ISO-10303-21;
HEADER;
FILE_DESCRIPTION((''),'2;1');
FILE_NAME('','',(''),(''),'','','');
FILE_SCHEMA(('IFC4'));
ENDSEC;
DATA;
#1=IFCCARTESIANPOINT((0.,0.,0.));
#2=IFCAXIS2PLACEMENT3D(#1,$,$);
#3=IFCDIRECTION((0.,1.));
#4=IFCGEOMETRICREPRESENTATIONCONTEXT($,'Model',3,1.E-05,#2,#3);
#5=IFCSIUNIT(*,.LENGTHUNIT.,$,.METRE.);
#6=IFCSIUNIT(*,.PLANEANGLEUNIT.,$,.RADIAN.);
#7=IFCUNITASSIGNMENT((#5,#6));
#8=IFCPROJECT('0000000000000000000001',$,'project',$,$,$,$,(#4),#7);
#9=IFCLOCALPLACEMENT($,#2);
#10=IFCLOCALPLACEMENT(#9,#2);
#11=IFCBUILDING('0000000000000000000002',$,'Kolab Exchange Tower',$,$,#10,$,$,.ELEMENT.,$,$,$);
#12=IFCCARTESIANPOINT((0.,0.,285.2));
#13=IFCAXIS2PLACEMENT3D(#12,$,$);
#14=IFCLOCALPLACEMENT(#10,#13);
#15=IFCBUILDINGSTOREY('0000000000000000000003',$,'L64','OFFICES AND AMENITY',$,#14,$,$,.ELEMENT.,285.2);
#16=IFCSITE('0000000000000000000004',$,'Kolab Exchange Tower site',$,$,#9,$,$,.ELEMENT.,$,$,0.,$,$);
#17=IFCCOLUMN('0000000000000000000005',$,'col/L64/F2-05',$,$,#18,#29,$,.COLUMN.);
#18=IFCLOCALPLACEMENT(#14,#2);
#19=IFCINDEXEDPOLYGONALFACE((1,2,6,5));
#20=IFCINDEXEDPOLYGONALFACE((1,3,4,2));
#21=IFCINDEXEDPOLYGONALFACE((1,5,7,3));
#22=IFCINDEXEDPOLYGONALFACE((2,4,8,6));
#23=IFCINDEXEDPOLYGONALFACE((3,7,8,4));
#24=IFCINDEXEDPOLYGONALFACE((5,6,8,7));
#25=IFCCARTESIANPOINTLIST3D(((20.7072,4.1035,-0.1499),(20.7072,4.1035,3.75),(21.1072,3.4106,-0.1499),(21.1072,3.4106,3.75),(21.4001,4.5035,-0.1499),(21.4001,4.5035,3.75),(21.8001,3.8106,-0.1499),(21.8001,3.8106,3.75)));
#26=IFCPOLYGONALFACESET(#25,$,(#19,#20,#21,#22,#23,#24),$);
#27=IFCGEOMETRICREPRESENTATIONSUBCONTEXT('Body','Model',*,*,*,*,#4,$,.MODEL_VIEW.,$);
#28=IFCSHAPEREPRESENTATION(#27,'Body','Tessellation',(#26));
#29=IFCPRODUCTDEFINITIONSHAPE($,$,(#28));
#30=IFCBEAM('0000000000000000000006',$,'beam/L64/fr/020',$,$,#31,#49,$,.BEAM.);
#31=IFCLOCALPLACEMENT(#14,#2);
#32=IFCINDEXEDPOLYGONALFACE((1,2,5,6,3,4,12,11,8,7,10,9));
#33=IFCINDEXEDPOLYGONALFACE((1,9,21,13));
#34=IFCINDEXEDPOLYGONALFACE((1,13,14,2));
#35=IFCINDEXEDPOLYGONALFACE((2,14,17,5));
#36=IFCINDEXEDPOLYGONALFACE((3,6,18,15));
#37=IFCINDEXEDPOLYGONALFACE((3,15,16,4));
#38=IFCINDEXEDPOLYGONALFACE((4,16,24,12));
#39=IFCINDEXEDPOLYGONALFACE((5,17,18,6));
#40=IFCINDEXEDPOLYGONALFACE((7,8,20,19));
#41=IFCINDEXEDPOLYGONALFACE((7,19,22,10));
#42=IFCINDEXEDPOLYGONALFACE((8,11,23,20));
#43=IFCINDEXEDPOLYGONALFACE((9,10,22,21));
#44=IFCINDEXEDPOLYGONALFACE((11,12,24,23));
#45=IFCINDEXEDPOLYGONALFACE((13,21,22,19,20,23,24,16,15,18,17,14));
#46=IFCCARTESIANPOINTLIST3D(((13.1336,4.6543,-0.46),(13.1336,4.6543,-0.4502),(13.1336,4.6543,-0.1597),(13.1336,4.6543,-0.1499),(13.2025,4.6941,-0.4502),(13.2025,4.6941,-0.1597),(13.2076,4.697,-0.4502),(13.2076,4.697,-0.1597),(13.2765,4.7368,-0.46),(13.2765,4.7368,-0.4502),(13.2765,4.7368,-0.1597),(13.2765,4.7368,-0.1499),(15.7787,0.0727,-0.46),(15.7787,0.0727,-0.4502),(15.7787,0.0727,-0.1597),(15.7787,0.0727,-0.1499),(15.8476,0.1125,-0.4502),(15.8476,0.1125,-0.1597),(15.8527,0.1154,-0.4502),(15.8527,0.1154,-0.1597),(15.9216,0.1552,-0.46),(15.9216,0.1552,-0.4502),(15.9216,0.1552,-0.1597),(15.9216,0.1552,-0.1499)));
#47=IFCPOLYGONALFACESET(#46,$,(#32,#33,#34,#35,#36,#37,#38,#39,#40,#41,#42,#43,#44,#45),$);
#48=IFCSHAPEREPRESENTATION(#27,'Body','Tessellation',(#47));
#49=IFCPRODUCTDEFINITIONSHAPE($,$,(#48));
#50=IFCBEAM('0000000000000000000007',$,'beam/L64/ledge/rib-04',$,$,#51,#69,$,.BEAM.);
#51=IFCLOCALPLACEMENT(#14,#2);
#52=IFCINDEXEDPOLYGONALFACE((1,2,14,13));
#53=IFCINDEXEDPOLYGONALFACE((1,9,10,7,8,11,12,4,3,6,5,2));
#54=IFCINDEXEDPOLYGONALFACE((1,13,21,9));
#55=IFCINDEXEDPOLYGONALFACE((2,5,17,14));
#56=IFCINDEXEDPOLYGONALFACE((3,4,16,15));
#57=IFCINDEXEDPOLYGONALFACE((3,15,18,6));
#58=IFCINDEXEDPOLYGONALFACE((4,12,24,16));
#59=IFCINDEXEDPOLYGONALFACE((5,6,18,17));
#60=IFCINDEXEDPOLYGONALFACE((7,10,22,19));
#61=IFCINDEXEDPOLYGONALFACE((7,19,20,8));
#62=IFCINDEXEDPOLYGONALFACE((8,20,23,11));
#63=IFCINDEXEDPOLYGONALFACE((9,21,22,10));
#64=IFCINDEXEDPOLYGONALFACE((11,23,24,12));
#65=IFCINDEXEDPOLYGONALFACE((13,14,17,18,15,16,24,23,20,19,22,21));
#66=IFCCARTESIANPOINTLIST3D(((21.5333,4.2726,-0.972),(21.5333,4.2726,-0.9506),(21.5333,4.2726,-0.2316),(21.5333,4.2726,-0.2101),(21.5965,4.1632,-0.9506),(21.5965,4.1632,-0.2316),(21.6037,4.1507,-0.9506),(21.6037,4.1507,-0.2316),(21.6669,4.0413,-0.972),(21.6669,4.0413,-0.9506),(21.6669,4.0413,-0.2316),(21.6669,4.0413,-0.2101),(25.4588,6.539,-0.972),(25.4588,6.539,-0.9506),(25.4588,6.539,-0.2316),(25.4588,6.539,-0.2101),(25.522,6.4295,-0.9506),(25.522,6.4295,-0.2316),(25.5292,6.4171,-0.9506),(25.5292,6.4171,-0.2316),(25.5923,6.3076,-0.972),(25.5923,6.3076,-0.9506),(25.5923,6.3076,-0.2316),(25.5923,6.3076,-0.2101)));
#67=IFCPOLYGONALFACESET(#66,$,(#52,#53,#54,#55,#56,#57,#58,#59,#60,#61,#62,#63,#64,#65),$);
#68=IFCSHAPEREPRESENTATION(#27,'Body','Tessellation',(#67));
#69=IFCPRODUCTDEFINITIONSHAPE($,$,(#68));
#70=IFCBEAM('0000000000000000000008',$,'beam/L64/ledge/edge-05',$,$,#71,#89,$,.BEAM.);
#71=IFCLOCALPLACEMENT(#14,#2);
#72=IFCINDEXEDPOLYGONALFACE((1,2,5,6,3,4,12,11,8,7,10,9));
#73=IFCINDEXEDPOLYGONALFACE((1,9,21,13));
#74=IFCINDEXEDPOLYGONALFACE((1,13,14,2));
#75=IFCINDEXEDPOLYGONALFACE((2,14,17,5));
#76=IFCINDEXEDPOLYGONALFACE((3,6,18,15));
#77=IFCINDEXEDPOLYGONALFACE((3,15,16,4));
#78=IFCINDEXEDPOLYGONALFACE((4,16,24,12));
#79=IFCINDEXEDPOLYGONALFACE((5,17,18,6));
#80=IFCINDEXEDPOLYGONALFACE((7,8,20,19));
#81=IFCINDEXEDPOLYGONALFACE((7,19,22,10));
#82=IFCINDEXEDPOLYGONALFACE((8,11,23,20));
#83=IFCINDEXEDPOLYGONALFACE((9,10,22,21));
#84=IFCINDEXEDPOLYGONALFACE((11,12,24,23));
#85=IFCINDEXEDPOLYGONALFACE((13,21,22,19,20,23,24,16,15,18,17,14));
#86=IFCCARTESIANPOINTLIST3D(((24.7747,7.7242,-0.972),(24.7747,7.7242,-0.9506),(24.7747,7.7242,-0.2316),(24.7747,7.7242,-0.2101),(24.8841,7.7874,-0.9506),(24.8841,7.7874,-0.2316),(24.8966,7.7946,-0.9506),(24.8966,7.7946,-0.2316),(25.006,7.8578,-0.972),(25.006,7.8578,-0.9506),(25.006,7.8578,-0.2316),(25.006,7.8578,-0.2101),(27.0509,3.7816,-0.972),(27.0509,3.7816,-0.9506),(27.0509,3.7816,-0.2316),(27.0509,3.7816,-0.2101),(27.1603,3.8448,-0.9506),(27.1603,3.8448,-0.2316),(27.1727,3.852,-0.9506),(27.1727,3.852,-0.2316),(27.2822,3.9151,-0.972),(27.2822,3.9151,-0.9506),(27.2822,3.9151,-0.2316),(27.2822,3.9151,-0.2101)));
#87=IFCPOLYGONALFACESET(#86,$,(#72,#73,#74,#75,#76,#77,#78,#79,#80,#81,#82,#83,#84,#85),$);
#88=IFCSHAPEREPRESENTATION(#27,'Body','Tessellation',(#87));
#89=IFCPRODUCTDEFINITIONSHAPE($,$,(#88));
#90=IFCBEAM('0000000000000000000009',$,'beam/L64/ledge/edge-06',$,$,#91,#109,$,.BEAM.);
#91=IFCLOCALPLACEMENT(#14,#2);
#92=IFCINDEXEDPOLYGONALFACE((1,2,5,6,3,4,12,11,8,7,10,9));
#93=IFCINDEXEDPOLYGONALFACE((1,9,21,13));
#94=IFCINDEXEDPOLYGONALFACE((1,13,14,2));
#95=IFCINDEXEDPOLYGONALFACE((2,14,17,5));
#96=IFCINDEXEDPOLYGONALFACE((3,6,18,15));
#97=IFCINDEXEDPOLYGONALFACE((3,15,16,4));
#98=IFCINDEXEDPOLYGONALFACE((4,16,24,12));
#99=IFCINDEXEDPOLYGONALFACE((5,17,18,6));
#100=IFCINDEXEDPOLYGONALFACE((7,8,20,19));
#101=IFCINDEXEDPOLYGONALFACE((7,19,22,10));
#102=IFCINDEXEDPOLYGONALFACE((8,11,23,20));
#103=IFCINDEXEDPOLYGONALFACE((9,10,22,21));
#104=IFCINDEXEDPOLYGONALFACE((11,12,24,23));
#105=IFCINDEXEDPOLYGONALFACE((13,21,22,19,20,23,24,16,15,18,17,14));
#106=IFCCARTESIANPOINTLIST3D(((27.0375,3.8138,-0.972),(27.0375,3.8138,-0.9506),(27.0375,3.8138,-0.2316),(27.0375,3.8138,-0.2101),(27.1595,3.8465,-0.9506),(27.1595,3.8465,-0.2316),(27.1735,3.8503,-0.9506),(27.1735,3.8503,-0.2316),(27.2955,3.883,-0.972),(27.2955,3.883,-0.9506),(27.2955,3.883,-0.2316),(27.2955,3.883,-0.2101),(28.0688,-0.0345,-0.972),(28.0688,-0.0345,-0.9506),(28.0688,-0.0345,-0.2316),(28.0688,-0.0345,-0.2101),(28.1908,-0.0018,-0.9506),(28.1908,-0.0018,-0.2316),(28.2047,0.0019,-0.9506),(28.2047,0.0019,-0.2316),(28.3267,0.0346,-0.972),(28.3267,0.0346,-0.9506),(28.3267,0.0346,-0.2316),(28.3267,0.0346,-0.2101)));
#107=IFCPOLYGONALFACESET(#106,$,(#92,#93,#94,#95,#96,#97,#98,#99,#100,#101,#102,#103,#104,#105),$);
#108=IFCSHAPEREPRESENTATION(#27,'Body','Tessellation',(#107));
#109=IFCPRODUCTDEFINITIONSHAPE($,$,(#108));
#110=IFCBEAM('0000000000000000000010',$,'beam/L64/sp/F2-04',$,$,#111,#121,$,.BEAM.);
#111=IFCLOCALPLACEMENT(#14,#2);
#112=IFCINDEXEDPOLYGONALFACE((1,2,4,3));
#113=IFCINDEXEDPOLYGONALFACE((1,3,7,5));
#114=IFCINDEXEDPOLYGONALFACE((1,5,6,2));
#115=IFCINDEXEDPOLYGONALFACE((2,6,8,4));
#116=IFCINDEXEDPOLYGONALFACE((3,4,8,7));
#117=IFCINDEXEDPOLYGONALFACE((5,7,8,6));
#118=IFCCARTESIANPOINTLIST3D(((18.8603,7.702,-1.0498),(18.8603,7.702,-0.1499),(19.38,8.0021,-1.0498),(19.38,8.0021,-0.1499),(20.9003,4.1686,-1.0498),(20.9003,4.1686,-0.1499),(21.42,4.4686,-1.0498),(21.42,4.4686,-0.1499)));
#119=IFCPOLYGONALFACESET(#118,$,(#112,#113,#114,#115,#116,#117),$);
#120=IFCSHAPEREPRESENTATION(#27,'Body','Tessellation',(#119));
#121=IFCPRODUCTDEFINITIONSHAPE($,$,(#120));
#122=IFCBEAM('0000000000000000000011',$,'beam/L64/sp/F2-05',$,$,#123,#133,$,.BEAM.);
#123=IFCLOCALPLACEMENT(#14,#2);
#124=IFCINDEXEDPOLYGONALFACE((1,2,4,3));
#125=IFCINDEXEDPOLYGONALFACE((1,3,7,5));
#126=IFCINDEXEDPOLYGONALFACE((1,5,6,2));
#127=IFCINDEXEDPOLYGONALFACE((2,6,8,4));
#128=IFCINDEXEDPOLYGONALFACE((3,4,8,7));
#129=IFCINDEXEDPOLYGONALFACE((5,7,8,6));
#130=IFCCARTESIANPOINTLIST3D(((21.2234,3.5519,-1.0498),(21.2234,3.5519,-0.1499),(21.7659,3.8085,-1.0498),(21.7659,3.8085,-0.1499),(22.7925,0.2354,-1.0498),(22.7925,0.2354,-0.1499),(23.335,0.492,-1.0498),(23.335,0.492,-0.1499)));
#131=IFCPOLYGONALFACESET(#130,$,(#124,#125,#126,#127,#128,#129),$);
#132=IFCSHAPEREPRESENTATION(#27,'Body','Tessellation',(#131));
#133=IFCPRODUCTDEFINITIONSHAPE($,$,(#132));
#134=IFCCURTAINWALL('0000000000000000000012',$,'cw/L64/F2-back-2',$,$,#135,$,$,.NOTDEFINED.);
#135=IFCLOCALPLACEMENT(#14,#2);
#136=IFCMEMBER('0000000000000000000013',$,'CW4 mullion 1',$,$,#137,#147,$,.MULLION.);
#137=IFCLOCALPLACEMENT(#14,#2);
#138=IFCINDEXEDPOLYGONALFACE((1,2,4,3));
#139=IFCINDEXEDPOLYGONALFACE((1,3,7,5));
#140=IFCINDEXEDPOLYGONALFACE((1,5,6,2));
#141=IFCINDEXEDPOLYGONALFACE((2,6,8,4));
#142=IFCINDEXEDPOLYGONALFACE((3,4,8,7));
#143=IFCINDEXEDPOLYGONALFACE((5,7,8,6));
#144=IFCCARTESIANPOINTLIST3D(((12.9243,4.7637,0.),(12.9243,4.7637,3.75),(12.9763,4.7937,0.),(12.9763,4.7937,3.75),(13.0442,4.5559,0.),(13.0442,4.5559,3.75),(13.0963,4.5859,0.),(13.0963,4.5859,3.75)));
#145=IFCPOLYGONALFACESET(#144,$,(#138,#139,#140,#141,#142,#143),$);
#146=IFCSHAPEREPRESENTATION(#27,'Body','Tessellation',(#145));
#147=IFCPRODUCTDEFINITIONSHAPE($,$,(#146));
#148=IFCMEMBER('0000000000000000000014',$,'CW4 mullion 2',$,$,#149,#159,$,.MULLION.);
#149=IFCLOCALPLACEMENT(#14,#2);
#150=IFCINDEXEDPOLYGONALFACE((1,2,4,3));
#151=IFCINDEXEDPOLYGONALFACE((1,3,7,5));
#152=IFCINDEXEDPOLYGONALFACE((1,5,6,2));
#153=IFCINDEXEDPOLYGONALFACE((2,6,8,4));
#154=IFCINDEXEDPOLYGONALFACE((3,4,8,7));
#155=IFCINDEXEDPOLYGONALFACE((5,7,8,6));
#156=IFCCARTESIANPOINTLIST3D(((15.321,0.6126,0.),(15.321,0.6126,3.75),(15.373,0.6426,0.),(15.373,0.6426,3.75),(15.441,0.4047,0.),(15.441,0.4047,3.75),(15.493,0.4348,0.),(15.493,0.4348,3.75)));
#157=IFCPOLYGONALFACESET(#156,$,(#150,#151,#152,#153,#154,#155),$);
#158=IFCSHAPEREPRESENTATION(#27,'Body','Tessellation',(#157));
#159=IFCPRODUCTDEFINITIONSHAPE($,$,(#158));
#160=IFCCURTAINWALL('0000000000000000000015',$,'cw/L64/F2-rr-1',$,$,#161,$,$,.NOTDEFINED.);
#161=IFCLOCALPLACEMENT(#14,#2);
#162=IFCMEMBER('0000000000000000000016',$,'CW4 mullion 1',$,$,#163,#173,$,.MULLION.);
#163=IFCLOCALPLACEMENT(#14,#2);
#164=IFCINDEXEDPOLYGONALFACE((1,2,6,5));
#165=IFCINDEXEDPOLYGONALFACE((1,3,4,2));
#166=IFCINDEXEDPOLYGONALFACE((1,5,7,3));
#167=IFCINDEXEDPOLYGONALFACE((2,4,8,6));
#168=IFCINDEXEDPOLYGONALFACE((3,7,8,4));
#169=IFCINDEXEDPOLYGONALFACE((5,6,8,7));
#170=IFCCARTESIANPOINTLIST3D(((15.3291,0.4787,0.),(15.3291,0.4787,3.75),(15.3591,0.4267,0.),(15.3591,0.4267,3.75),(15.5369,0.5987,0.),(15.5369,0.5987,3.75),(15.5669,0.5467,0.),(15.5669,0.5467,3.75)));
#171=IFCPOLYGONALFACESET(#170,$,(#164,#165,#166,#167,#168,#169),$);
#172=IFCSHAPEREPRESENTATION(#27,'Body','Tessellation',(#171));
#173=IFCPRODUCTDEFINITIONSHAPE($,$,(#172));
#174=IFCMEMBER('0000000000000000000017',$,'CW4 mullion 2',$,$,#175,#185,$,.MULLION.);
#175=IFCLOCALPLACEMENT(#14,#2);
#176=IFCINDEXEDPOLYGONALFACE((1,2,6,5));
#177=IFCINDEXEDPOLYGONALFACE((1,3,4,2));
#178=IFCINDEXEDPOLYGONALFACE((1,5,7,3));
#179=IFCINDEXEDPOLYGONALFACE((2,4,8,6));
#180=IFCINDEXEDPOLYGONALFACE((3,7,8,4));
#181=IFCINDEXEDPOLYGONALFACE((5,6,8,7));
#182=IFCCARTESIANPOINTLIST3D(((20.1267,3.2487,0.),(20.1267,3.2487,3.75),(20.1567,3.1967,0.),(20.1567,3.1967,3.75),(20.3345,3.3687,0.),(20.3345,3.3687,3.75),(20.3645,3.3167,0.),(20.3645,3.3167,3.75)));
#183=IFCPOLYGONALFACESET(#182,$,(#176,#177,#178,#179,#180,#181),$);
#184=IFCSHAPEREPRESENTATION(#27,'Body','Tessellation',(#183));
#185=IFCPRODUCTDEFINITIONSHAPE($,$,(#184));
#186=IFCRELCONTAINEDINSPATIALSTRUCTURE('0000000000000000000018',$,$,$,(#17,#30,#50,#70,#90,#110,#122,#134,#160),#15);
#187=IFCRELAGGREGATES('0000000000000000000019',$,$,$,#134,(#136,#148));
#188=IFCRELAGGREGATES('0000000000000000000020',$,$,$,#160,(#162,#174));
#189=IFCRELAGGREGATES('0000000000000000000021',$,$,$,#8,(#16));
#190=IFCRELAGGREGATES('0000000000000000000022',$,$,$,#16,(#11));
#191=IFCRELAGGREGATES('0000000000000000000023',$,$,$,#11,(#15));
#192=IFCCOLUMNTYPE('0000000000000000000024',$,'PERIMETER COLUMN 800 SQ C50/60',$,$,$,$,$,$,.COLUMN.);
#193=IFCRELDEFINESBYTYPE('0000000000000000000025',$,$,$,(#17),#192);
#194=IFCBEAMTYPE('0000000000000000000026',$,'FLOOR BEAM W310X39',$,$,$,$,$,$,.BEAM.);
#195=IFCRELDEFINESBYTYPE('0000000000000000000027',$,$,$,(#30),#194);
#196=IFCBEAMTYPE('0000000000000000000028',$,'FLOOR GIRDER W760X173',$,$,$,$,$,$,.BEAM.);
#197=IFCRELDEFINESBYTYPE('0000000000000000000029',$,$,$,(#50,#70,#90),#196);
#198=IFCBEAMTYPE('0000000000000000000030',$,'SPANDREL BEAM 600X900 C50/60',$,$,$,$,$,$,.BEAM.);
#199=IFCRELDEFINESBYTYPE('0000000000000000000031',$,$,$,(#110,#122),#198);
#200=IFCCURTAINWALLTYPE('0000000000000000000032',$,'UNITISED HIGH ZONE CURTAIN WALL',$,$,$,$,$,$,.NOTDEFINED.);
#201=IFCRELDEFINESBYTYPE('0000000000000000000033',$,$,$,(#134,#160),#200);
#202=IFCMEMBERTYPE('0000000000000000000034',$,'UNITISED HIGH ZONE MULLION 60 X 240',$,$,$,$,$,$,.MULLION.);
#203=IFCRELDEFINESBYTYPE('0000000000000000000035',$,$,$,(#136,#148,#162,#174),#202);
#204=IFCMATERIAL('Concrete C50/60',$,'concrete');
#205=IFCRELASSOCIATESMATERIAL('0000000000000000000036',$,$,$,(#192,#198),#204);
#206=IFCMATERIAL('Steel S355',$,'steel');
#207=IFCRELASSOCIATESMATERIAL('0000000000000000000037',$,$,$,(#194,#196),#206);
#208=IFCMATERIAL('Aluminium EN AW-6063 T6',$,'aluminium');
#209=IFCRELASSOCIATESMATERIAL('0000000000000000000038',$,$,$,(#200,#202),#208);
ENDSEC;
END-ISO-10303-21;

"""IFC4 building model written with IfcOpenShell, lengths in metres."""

from ifc_helpers import new_model, si_unit, direction, frame, origin, origin_2d, place, context, subcontext, project, spatial, rectangle, i_section, extrude, material, material_profile, profile_set, type_object, element, aggregate, save


model = new_model("IFC4")

# Units and contexts
model_context = context("Model", 3, precision=1e-05, world=origin(), true_north=direction((0.0, 1.0)))
body_context = subcontext(model_context, "Body", "Model", "MODEL_VIEW")
ifc_project = project(units=[si_unit("LENGTHUNIT", "METRE"), si_unit("PLANEANGLEUNIT", "RADIAN")], contexts=[model_context])

# Site, building, storey
site_placement = place(None, origin())
site = spatial("IfcSite", under=ifc_project, at=site_placement, Name="Kolab Exchange Tower site", CompositionType="ELEMENT", RefElevation=0.0)
building_placement = place(site_placement, origin())
building = spatial("IfcBuilding", under=site, at=building_placement, Name="Kolab Exchange Tower", CompositionType="ELEMENT")
storey_placement = place(building_placement, frame((0.0, 0.0, 285.2)))
storey = spatial("IfcBuildingStorey", under=building, at=storey_placement, Name="L64", Description="OFFICES AND AMENITY", CompositionType="ELEMENT", Elevation=285.2)

# Column
ifc_material_1 = material(Name="Concrete C50/60", Category="concrete")
ifc_material_profile_1 = material_profile(ifc_material_1, rectangle(XDim=0.8, YDim=0.8, at=origin_2d()), Name="RC800")
ifc_profile_set_1 = profile_set([ifc_material_profile_1], Name="Concrete C50/60")
column_type = type_object("IfcColumnType", Name="PERIMETER COLUMN 800 SQ C50/60", PredefinedType="COLUMN", material=ifc_profile_set_1)
column_placement = place(storey_placement, frame((21.2537, 3.957, -0.1499), z_axis=(0.0, 0.0, 1.0), x_axis=(0.866025, 0.5, 0.0)))
element("IfcColumn", 1, at=column_placement, inside=storey, type_object=column_type, Name="col/L64/F2-05", PredefinedType="COLUMN", context=body_context, shape_type="SweptSolid", body=[
    extrude(rectangle(XDim=0.8, YDim=0.8, at=origin_2d()), origin(), (0.0, 0.0, 1.0), 3.8999),
])

# Beams
ifc_material_2 = material(Name="Steel S355", Category="steel")
ifc_material_profile_2 = material_profile(ifc_material_2, i_section(OverallWidth=0.165, OverallDepth=0.3101, WebThickness=0.0059, FlangeThickness=0.0098, at=origin_2d()), Name="W310X39")
ifc_profile_set_2 = profile_set([ifc_material_profile_2], Name="Steel S355")
beam_type_1 = type_object("IfcBeamType", Name="FLOOR BEAM W310X39", PredefinedType="BEAM", material=ifc_profile_set_2)
beam_1_placement = place(storey_placement, frame((13.2051, 4.6956, -0.3049), z_axis=(0.499981, -0.866036, 0.0), x_axis=(0.866036, 0.499981, 0.0)))
element("IfcBeam", 2, at=beam_1_placement, inside=storey, type_object=beam_type_1, Name="beam/L64/fr/020", PredefinedType="BEAM", context=body_context, shape_type="SweptSolid", body=[
    extrude(i_section(OverallWidth=0.165, OverallDepth=0.3101, WebThickness=0.0059, FlangeThickness=0.0098, at=origin_2d()), origin(), (0.0, 0.0, 1.0), 5.2903),
])
ifc_material_profile_3 = material_profile(ifc_material_2, i_section(OverallWidth=0.2671, OverallDepth=0.762, WebThickness=0.0144, FlangeThickness=0.0215, at=origin_2d()), Name="W760X173")
ifc_profile_set_3 = profile_set([ifc_material_profile_3], Name="Steel S355")
beam_type_2 = type_object("IfcBeamType", Name="FLOOR GIRDER W760X173", PredefinedType="BEAM", material=ifc_profile_set_3)
beam_2_placement = place(storey_placement, frame((21.6001, 4.157, -0.5911), z_axis=(0.86603, 0.499991, 0.0), x_axis=(-0.499991, 0.86603, 0.0)))
element("IfcBeam", 3, at=beam_2_placement, inside=storey, type_object=beam_type_2, Name="beam/L64/ledge/rib-04", PredefinedType="BEAM", context=body_context, shape_type="SweptSolid", body=[
    extrude(i_section(OverallWidth=0.2671, OverallDepth=0.762, WebThickness=0.0144, FlangeThickness=0.0215, at=origin_2d()), origin(), (0.0, 0.0, 1.0), 4.5327),
])
beam_3_placement = place(storey_placement, frame((24.8904, 7.791, -0.5911), z_axis=(0.499975, -0.86604, 0.0), x_axis=(0.86604, 0.499975, 0.0)))
element("IfcBeam", 4, at=beam_3_placement, inside=storey, type_object=beam_type_2, Name="beam/L64/ledge/edge-05", PredefinedType="BEAM", context=body_context, shape_type="SweptSolid", body=[
    extrude(i_section(OverallWidth=0.2671, OverallDepth=0.762, WebThickness=0.0144, FlangeThickness=0.0215, at=origin_2d()), origin(), (0.0, 0.0, 1.0), 4.5525),
])
beam_4_placement = place(storey_placement, frame((27.1665, 3.8484, -0.5911), z_axis=(0.258837, -0.965921, 0.0), x_axis=(0.965921, 0.258837, 0.0)))
element("IfcBeam", 5, at=beam_4_placement, inside=storey, type_object=beam_type_2, Name="beam/L64/ledge/edge-06", PredefinedType="BEAM", context=body_context, shape_type="SweptSolid", body=[
    extrude(i_section(OverallWidth=0.2671, OverallDepth=0.762, WebThickness=0.0144, FlangeThickness=0.0215, at=origin_2d()), origin(), (0.0, 0.0, 1.0), 3.9841),
])
ifc_material_profile_4 = material_profile(ifc_material_1, rectangle(XDim=0.6001, YDim=0.8999, at=origin_2d()), Name="RC600X900")
ifc_profile_set_4 = profile_set([ifc_material_profile_4], Name="Concrete C50/60")
beam_type_3 = type_object("IfcBeamType", Name="SPANDREL BEAM 600X900 C50/60", PredefinedType="BEAM", material=ifc_profile_set_4)
beam_5_placement = place(storey_placement, frame((19.1201, 7.8521, -0.5999), z_axis=(0.5, -0.866025, 0.0), x_axis=(0.866025, 0.5, 0.0)))
element("IfcBeam", 6, at=beam_5_placement, inside=storey, type_object=beam_type_3, Name="beam/L64/sp/F2-04", PredefinedType="BEAM", context=body_context, shape_type="SweptSolid", body=[
    extrude(rectangle(XDim=0.6001, YDim=0.8999, at=origin_2d()), origin(), (0.0, 0.0, 1.0), 4.0801),
])
beam_6_placement = place(storey_placement, frame((21.4946, 3.6802, -0.5999), z_axis=(0.427677, -0.903932, 0.0), x_axis=(0.903932, 0.427677, 0.0)))
element("IfcBeam", 7, at=beam_6_placement, inside=storey, type_object=beam_type_3, Name="beam/L64/sp/F2-05", PredefinedType="BEAM", context=body_context, shape_type="SweptSolid", body=[
    extrude(rectangle(XDim=0.6001, YDim=0.8999, at=origin_2d()), origin(), (0.0, 0.0, 1.0), 3.6689),
])

# Curtain walls, members
ifc_material_3 = material(Name="Aluminium EN AW-6063 T6", Category="aluminium")
curtain_wall_type = type_object("IfcCurtainWallType", Name="UNITISED HIGH ZONE CURTAIN WALL", PredefinedType="NOTDEFINED", material=ifc_material_3)
curtain_wall_1_placement = place(storey_placement, origin())
curtain_wall_1 = element("IfcCurtainWall", 8, at=curtain_wall_1_placement, inside=storey, type_object=curtain_wall_type, Name="cw/L64/F2-back-2", PredefinedType="NOTDEFINED")
ifc_material_profile_5 = material_profile(ifc_material_3, rectangle(XDim=0.0601, YDim=0.24, at=origin_2d()), Name="RECT 60X240")
ifc_profile_set_5 = profile_set([ifc_material_profile_5], Name="Aluminium EN AW-6063 T6")
member_type_1 = type_object("IfcMemberType", Name="UNITISED HIGH ZONE MULLION 60 X 240", PredefinedType="MULLION", material=ifc_profile_set_5)
member_1_placement = place(storey_placement, frame((13.0103, 4.6748, 0.0), z_axis=(0.0, 0.0, 1.0), x_axis=(0.866025, 0.5, 0.0)))
member_1 = element("IfcMember", 9, at=member_1_placement, type_object=member_type_1, Name="CW4 mullion 1", PredefinedType="MULLION", context=body_context, shape_type="SweptSolid", body=[
    extrude(rectangle(XDim=0.0601, YDim=0.24, at=origin_2d()), origin(), (0.0, 0.0, 1.0), 3.75),
])
member_2_placement = place(storey_placement, frame((15.407, 0.5237, 0.0), z_axis=(0.0, 0.0, 1.0), x_axis=(0.866025, 0.5, 0.0)))
member_2 = element("IfcMember", 10, at=member_2_placement, type_object=member_type_1, Name="CW4 mullion 2", PredefinedType="MULLION", context=body_context, shape_type="SweptSolid", body=[
    extrude(rectangle(XDim=0.0601, YDim=0.24, at=origin_2d()), origin(), (0.0, 0.0, 1.0), 3.75),
])
curtain_wall_2_placement = place(storey_placement, origin())
curtain_wall_2 = element("IfcCurtainWall", 11, at=curtain_wall_2_placement, inside=storey, type_object=curtain_wall_type, Name="cw/L64/F2-rr-1", PredefinedType="NOTDEFINED")
member_3_placement = place(storey_placement, frame((15.448, 0.5127, 0.0), z_axis=(0.0, 0.0, 1.0), x_axis=(-0.5, 0.866025, 0.0)))
member_3 = element("IfcMember", 12, at=member_3_placement, type_object=member_type_1, Name="CW4 mullion 1", PredefinedType="MULLION", context=body_context, shape_type="SweptSolid", body=[
    extrude(rectangle(XDim=0.0601, YDim=0.24, at=origin_2d()), origin(), (0.0, 0.0, 1.0), 3.75),
])
member_4_placement = place(storey_placement, frame((20.2456, 3.2827, 0.0), z_axis=(0.0, 0.0, 1.0), x_axis=(-0.5, 0.866025, 0.0)))
member_4 = element("IfcMember", 13, at=member_4_placement, type_object=member_type_1, Name="CW4 mullion 2", PredefinedType="MULLION", context=body_context, shape_type="SweptSolid", body=[
    extrude(rectangle(XDim=0.0601, YDim=0.24, at=origin_2d()), origin(), (0.0, 0.0, 1.0), 3.75),
])

aggregate(curtain_wall_1, [member_1, member_2])
aggregate(curtain_wall_2, [member_3, member_4])

save(model, "model.ifc")
